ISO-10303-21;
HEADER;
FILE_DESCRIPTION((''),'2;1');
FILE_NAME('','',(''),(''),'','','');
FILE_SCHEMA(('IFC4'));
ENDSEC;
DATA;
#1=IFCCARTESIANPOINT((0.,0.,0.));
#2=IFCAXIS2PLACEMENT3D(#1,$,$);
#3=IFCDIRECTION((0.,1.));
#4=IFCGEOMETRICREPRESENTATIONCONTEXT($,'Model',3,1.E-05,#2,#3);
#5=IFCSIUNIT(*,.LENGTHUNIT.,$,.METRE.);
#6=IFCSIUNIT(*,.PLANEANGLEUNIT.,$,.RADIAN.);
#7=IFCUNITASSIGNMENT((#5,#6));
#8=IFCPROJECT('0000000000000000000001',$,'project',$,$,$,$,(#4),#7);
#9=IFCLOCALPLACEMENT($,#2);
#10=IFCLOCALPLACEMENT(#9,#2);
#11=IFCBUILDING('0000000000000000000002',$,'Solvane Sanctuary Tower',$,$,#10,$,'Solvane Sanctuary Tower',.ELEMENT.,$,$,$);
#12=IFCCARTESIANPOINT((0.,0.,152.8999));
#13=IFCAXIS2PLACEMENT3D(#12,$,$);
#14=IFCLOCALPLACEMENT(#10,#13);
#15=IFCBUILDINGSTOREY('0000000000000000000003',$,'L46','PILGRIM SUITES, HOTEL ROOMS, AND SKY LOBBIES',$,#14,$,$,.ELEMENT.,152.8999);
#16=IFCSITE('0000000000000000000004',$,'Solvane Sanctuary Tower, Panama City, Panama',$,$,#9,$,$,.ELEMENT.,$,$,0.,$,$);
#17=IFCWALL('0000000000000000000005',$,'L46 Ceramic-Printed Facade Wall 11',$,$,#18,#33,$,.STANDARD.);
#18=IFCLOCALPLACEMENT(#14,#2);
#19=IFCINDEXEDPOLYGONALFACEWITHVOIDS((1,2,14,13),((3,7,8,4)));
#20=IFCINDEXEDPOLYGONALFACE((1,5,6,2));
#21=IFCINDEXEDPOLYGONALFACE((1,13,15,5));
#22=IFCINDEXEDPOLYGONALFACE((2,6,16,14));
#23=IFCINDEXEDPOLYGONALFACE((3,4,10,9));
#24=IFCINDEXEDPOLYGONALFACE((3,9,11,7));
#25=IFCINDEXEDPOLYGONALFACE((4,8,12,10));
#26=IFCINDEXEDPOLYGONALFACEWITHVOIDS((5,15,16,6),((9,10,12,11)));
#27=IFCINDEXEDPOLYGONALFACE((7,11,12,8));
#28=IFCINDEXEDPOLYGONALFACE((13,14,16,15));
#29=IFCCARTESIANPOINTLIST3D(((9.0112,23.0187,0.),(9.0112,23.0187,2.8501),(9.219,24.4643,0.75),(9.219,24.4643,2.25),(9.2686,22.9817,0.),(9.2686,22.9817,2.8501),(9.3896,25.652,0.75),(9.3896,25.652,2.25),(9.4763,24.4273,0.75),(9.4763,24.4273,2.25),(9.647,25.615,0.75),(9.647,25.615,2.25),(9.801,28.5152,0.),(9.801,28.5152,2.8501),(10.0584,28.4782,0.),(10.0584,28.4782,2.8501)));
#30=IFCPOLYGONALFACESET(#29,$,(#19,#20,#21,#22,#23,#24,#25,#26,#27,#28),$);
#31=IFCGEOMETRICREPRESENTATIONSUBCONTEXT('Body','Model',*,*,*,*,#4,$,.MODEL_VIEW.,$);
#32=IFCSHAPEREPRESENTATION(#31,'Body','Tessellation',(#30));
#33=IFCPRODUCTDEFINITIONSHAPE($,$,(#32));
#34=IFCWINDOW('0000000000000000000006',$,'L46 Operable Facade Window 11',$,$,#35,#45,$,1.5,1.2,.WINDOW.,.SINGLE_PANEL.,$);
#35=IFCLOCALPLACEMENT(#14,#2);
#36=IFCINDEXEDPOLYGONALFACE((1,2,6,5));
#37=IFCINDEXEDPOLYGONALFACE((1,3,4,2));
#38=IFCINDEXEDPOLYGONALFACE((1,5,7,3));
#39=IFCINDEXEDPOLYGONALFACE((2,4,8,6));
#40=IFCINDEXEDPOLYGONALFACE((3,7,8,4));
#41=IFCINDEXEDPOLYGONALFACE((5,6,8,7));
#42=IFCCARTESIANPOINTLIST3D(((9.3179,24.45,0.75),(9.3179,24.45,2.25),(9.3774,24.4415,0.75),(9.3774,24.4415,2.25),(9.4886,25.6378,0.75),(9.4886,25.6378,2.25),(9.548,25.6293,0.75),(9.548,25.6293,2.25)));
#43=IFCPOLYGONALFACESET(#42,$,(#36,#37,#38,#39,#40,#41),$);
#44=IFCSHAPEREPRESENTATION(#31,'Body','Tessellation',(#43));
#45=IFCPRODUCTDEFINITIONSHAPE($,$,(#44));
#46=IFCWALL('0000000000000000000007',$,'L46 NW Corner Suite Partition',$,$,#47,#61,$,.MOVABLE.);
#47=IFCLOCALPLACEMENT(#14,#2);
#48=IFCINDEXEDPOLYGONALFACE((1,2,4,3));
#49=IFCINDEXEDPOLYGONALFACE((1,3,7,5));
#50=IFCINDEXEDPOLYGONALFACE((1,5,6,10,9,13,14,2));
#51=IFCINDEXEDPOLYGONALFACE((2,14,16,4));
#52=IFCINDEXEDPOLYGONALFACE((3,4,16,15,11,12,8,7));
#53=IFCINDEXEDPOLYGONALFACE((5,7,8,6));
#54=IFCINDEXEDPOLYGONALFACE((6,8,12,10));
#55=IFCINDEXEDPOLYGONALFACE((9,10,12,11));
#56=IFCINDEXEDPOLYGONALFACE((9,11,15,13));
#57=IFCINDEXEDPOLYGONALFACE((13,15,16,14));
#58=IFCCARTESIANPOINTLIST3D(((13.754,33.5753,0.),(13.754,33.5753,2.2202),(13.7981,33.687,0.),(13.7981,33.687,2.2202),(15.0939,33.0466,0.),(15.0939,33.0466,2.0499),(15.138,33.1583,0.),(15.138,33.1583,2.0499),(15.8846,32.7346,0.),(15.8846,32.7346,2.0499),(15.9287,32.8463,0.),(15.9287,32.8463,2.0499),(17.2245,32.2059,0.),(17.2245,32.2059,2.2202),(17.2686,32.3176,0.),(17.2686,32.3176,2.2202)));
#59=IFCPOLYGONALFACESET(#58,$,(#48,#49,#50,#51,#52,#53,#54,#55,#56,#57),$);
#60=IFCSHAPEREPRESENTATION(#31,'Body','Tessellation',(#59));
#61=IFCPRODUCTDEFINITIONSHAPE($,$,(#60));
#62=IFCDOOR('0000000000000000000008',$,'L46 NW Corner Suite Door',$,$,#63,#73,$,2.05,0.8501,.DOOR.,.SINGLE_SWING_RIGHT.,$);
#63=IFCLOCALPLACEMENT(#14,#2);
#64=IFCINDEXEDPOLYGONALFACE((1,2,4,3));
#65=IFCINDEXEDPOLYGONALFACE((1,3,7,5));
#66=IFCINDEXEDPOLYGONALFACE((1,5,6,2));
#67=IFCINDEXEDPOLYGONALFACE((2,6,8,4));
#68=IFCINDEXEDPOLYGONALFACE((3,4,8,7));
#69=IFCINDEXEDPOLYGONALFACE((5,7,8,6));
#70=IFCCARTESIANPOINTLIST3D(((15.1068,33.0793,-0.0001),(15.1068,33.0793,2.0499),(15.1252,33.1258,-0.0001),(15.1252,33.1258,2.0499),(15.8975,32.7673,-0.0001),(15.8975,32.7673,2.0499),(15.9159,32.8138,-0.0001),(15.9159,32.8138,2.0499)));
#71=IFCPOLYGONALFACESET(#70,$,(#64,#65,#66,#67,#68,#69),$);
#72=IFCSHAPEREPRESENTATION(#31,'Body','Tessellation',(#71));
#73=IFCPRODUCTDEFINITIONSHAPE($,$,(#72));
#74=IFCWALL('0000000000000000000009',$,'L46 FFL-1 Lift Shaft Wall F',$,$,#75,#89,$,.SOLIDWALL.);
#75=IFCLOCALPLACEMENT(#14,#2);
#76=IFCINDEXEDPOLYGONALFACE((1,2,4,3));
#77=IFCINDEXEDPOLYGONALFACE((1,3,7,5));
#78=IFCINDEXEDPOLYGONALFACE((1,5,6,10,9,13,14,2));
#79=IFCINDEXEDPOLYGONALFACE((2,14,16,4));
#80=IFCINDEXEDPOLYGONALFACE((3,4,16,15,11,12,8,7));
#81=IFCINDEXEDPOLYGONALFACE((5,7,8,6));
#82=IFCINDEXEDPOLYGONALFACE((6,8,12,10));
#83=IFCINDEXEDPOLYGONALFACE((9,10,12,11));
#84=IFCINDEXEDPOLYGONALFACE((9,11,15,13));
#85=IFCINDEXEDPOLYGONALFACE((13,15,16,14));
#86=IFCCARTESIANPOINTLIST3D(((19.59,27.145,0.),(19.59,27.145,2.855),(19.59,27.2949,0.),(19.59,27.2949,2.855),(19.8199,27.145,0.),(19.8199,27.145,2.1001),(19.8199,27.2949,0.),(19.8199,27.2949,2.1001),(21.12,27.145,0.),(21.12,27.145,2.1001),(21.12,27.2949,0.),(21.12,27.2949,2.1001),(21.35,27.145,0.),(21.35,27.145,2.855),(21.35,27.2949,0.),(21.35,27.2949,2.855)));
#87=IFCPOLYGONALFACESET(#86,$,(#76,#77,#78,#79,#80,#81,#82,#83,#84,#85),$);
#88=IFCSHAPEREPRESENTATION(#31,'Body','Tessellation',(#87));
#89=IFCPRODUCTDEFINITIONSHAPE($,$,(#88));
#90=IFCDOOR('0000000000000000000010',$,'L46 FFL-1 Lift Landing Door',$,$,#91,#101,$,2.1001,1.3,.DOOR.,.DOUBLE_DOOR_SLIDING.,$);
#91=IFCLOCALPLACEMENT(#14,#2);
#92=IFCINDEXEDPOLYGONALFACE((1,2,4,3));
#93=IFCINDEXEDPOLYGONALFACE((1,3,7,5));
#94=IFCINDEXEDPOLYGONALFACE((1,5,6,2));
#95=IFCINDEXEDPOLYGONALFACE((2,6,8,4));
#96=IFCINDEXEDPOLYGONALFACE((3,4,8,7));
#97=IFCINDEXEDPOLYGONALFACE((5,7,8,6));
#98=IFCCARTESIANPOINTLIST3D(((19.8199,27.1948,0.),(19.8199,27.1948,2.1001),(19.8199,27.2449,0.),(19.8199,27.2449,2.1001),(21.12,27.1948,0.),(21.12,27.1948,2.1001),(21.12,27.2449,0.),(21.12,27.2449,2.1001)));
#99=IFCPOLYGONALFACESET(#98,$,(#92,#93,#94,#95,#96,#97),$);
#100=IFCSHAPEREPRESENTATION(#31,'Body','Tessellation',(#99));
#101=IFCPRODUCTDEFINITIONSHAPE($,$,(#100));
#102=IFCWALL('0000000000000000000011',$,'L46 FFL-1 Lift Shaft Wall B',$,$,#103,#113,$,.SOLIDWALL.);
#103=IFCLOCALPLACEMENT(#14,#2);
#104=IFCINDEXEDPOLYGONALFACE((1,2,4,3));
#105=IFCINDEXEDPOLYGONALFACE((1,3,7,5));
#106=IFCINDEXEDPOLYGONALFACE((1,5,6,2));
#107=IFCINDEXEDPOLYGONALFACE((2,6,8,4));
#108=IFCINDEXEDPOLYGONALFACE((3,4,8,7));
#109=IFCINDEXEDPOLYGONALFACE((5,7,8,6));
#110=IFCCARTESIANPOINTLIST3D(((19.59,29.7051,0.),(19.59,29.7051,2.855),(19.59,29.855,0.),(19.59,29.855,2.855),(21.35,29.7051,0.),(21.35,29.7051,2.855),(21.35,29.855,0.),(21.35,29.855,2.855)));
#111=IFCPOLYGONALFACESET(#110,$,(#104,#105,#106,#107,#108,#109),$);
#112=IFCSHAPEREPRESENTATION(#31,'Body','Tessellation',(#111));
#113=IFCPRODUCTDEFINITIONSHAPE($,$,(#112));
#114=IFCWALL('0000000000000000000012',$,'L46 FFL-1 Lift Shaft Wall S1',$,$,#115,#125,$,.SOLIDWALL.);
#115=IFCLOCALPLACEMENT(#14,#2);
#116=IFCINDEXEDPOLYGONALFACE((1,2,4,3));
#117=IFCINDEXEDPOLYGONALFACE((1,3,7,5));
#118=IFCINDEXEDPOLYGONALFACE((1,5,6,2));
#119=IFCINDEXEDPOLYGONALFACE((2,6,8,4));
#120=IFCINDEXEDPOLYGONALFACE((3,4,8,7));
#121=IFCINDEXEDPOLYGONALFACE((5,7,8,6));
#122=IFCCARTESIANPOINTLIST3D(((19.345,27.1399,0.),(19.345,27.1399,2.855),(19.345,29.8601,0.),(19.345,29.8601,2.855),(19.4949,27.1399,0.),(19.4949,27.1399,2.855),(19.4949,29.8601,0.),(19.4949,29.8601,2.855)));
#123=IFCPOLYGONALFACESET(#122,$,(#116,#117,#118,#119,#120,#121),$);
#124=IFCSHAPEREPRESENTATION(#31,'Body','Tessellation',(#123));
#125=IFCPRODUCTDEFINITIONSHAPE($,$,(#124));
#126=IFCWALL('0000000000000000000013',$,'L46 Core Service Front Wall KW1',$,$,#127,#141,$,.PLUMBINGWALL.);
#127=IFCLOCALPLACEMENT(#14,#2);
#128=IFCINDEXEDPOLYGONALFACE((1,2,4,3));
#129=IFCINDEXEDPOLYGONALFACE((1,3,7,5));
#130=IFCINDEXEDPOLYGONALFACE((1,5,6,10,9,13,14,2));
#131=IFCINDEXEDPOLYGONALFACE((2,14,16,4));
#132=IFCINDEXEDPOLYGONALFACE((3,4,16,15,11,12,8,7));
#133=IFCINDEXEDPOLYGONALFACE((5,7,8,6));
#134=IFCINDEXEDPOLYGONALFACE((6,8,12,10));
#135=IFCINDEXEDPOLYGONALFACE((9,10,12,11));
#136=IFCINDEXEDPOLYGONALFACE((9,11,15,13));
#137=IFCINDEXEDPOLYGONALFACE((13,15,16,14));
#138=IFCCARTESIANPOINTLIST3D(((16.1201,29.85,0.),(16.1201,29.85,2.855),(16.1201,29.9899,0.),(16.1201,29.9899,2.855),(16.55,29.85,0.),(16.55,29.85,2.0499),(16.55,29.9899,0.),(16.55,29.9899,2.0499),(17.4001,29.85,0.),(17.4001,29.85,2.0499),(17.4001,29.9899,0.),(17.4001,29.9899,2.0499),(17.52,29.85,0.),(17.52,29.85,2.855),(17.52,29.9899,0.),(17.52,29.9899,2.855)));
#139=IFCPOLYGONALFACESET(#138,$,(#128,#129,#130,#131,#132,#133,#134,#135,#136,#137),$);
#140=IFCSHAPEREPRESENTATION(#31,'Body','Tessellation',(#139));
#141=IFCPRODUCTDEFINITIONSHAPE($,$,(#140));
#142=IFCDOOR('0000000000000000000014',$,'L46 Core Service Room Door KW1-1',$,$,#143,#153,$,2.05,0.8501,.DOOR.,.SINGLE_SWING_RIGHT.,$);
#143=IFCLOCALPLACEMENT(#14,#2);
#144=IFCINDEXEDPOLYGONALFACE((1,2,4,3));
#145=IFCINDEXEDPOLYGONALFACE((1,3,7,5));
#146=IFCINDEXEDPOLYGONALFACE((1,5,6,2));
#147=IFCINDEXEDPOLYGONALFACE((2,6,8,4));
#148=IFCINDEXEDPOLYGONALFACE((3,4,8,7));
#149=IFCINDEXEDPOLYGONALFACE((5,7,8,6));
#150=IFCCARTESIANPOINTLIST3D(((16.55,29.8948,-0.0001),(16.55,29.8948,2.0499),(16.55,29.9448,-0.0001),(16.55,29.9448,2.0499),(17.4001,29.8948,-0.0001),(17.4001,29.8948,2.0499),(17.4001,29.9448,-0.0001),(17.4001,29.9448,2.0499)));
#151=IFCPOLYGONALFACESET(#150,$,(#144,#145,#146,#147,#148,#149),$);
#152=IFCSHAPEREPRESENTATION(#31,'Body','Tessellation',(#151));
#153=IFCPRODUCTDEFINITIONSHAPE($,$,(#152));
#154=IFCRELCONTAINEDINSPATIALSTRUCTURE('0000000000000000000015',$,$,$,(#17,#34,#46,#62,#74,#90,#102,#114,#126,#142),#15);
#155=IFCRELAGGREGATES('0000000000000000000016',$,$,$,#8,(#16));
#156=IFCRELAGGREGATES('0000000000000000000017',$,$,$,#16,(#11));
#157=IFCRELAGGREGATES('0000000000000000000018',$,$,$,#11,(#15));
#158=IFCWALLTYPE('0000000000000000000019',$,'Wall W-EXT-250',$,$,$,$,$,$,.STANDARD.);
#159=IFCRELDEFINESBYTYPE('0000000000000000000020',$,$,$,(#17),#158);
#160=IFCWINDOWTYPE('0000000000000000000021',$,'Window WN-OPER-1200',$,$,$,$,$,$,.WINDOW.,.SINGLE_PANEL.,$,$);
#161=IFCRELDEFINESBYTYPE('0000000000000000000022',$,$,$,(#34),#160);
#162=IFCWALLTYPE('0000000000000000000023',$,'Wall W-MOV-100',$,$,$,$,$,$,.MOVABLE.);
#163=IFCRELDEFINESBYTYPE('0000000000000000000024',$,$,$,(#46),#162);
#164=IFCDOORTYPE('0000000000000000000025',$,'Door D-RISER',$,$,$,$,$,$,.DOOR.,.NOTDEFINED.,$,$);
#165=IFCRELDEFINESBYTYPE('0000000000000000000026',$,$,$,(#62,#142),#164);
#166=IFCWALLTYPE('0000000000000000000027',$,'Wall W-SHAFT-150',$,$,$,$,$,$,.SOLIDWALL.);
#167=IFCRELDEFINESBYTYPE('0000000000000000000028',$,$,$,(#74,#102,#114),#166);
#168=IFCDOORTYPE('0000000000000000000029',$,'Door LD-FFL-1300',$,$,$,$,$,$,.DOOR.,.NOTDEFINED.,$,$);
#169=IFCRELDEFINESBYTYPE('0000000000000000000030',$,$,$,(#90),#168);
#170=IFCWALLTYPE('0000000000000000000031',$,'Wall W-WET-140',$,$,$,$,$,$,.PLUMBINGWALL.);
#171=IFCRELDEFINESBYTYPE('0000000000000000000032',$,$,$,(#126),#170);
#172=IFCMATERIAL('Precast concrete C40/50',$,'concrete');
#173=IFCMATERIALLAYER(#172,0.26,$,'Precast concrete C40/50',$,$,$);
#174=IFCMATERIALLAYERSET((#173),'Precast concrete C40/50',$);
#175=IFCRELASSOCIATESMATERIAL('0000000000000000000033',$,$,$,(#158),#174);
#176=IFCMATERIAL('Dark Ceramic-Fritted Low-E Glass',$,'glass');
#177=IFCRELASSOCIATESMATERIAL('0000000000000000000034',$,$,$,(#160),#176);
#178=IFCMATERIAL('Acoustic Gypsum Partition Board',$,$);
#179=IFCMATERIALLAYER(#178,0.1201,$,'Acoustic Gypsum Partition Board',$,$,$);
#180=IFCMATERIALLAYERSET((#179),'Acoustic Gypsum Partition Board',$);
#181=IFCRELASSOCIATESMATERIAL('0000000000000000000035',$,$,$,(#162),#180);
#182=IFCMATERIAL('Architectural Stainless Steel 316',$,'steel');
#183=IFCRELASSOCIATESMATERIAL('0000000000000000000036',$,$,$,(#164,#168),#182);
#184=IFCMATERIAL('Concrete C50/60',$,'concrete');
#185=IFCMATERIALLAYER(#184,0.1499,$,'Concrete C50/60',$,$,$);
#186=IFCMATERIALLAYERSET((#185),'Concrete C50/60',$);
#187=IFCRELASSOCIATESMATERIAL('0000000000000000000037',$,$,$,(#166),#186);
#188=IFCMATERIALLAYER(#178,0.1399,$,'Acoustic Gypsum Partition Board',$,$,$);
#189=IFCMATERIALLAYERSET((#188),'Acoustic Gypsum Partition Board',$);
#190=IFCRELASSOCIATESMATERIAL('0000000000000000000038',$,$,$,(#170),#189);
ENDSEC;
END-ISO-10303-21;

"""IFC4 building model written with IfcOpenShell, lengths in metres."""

from ifc_helpers import new_model, si_unit, direction, frame, frame_2d, origin, place, context, subcontext, project, spatial, rectangle, extrude, material, layer, layer_set, type_object, element, fill, save


model = new_model("IFC4")

# Units and contexts
model_context = context("Model", 3, precision=1e-05, world=origin(), true_north=direction((0.0, 1.0)))
body_context = subcontext(model_context, "Body", "Model", "MODEL_VIEW")
ifc_project = project(units=[si_unit("LENGTHUNIT", "METRE"), si_unit("PLANEANGLEUNIT", "RADIAN")], contexts=[model_context])

# Site, building, storey
site_placement = place(None, origin())
site = spatial("IfcSite", under=ifc_project, at=site_placement, Name="Solvane Sanctuary Tower, Panama City, Panama", CompositionType="ELEMENT", RefElevation=0.0)
building_placement = place(site_placement, origin())
building = spatial("IfcBuilding", under=site, at=building_placement, Name="Solvane Sanctuary Tower", LongName="Solvane Sanctuary Tower", CompositionType="ELEMENT")
storey_placement = place(building_placement, frame((0.0, 0.0, 152.8999)))
storey = spatial("IfcBuildingStorey", under=building, at=storey_placement, Name="L46", Description="PILGRIM SUITES, HOTEL ROOMS, AND SKY LOBBIES", CompositionType="ELEMENT", Elevation=152.8999)

# Shared definitions
ifc_material_1 = material(Name="Acoustic Gypsum Partition Board")

# Shared definitions
ifc_material_2 = material(Name="Precast concrete C40/50", Category="concrete")
ifc_layer_1 = layer(ifc_material_2, 0.26, Name="Precast concrete C40/50")
ifc_layer_set_1 = layer_set([ifc_layer_1], Name="Precast concrete C40/50")
wall_type_1 = type_object("IfcWallType", Name="Wall W-EXT-250", PredefinedType="STANDARD", material=ifc_layer_set_1)

# Wall, opening, window
ifc_material_3 = material(Name="Dark Ceramic-Fritted Low-E Glass", Category="glass")
window_type_1 = type_object("IfcWindowType", Name="Window WN-OPER-1200", PartitioningType="SINGLE_PANEL", PredefinedType="WINDOW", material=ifc_material_3)
wall_1_placement = place(storey_placement, frame((9.9297, 28.4966, 0.0), z_axis=(0.0, 0.0, 1.0), x_axis=(-0.142228, -0.989834, 0.0)))
wall_1 = element("IfcWall", 1, at=wall_1_placement, inside=storey, type_object=wall_type_1, Name="L46 Ceramic-Printed Facade Wall 11", PredefinedType="STANDARD", context=body_context, shape_type="SweptSolid", body=[
    extrude(rectangle(XDim=5.553, YDim=0.26, at=frame_2d((2.7764, 0.0))), origin(), (0.0, 0.0, 1.0), 2.8501),
])
opening_1_placement = place(wall_1_placement, frame((2.8923, 0.0, 0.75)))
opening_1 = element("IfcOpeningElement", 2, at=opening_1_placement, cuts=wall_1, PredefinedType="OPENING", context=body_context, shape_type="SweptSolid", body=[
    extrude(rectangle(XDim=1.2, YDim=1.5, at=frame_2d((0.6001, 0.75))), frame((0.0, 0.1399, 0.0), z_axis=(0.0, -1.0, 0.0), x_axis=(1.0, 0.0, 0.0)), (0.0, 0.0, 1.0), 0.28),
])
window_1_placement = place(opening_1_placement, origin())
window_1 = element("IfcWindow", 3, at=window_1_placement, inside=storey, type_object=window_type_1, Name="L46 Operable Facade Window 11", OverallHeight=1.5, OverallWidth=1.2, PartitioningType="SINGLE_PANEL", PredefinedType="WINDOW", context=body_context, shape_type="SweptSolid", body=[
    extrude(rectangle(XDim=1.2, YDim=1.5, at=frame_2d((0.6001, 0.75))), frame((0.0, 0.03, 0.0), z_axis=(0.0, -1.0, 0.0), x_axis=(1.0, 0.0, 0.0)), (0.0, 0.0, 1.0), 0.0601),
])
fill(opening_1, window_1)

# Walls, openings, doors
ifc_layer_2 = layer(ifc_material_1, 0.1201, Name="Acoustic Gypsum Partition Board")
ifc_layer_set_2 = layer_set([ifc_layer_2], Name="Acoustic Gypsum Partition Board")
wall_type_2 = type_object("IfcWallType", Name="Wall W-MOV-100", PredefinedType="MOVABLE", material=ifc_layer_set_2)
wall_2_placement = place(storey_placement, frame((17.2466, 32.2617, 0.0), z_axis=(0.0, 0.0, 1.0), x_axis=(-0.930204, 0.367043, 0.0)))
wall_2 = element("IfcWall", 4, at=wall_2_placement, inside=storey, type_object=wall_type_2, Name="L46 NW Corner Suite Partition", PredefinedType="MOVABLE", context=body_context, shape_type="SweptSolid", body=[
    extrude(rectangle(XDim=3.731, YDim=0.1201, at=frame_2d((1.8655, 0.0))), origin(), (0.0, 0.0, 1.0), 2.2202),
])
opening_2_placement = place(wall_2_placement, frame((1.4404, 0.0, 0.0)))
opening_2 = element("IfcOpeningElement", 5, at=opening_2_placement, cuts=wall_2, PredefinedType="OPENING", context=body_context, shape_type="SweptSolid", body=[
    extrude(rectangle(XDim=0.8501, YDim=2.05, at=frame_2d((0.425, 1.0249))), frame((0.0, 0.0701, 0.0), z_axis=(0.0, -1.0, 0.0), x_axis=(1.0, 0.0, 0.0)), (0.0, 0.0, 1.0), 0.1401),
])
ifc_material_4 = material(Name="Architectural Stainless Steel 316", Category="steel")
door_type_1 = type_object("IfcDoorType", Name="Door D-RISER", OperationType="NOTDEFINED", PredefinedType="DOOR", material=ifc_material_4)
door_1_placement = place(opening_2_placement, origin())
door_1 = element("IfcDoor", 6, at=door_1_placement, inside=storey, type_object=door_type_1, Name="L46 NW Corner Suite Door", OperationType="SINGLE_SWING_RIGHT", OverallHeight=2.05, OverallWidth=0.8501, PredefinedType="DOOR", context=body_context, shape_type="SweptSolid", body=[
    extrude(rectangle(XDim=0.8501, YDim=2.05, at=frame_2d((0.425, 1.0249))), frame((0.0, 0.0249, 0.0), z_axis=(0.0, -1.0, 0.0), x_axis=(1.0, 0.0, 0.0)), (0.0, 0.0, 1.0), 0.05),
])
fill(opening_2, door_1)
ifc_material_5 = material(Name="Concrete C50/60", Category="concrete")
ifc_layer_3 = layer(ifc_material_5, 0.1499, Name="Concrete C50/60")
ifc_layer_set_3 = layer_set([ifc_layer_3], Name="Concrete C50/60")
wall_type_3 = type_object("IfcWallType", Name="Wall W-SHAFT-150", PredefinedType="SOLIDWALL", material=ifc_layer_set_3)
wall_3_placement = place(storey_placement, frame((19.5901, 27.22, 0.0), z_axis=(0.0, 0.0, 1.0), x_axis=(1.0, 0.0, 0.0)))
wall_3 = element("IfcWall", 7, at=wall_3_placement, inside=storey, type_object=wall_type_3, Name="L46 FFL-1 Lift Shaft Wall F", PredefinedType="SOLIDWALL", context=body_context, shape_type="SweptSolid", body=[
    extrude(rectangle(XDim=1.76, YDim=0.1499, at=frame_2d((0.8799, 0.0))), origin(), (0.0, 0.0, 1.0), 2.855),
])
opening_3_placement = place(wall_3_placement, frame((0.23, 0.0, 0.0)))
opening_3 = element("IfcOpeningElement", 8, at=opening_3_placement, cuts=wall_3, PredefinedType="OPENING", context=body_context, shape_type="SweptSolid", body=[
    extrude(rectangle(XDim=1.3, YDim=2.1001, at=frame_2d((0.6499, 1.05))), frame((0.0, 0.085, 0.0), z_axis=(0.0, -1.0, 0.0), x_axis=(1.0, 0.0, 0.0)), (0.0, 0.0, 1.0), 0.1699),
])
door_type_2 = type_object("IfcDoorType", Name="Door LD-FFL-1300", OperationType="NOTDEFINED", PredefinedType="DOOR", material=ifc_material_4)
door_2_placement = place(opening_3_placement, origin())
door_2 = element("IfcDoor", 9, at=door_2_placement, inside=storey, type_object=door_type_2, Name="L46 FFL-1 Lift Landing Door", OperationType="DOUBLE_DOOR_SLIDING", OverallHeight=2.1001, OverallWidth=1.3, PredefinedType="DOOR", context=body_context, shape_type="SweptSolid", body=[
    extrude(rectangle(XDim=1.3, YDim=2.1001, at=frame_2d((0.6499, 1.05))), frame((0.0, 0.0249, 0.0), z_axis=(0.0, -1.0, 0.0), x_axis=(1.0, 0.0, 0.0)), (0.0, 0.0, 1.0), 0.05),
])
fill(opening_3, door_2)

# Walls
wall_4_placement = place(storey_placement, frame((19.5901, 29.78, 0.0), z_axis=(0.0, 0.0, 1.0), x_axis=(1.0, 0.0, 0.0)))
element("IfcWall", 10, at=wall_4_placement, inside=storey, type_object=wall_type_3, Name="L46 FFL-1 Lift Shaft Wall B", PredefinedType="SOLIDWALL", context=body_context, shape_type="SweptSolid", body=[
    extrude(rectangle(XDim=1.76, YDim=0.1499, at=frame_2d((0.8799, 0.0))), origin(), (0.0, 0.0, 1.0), 2.855),
])
wall_5_placement = place(storey_placement, frame((19.4199, 27.1399, 0.0), z_axis=(0.0, 0.0, 1.0), x_axis=(0.0, 1.0, 0.0)))
element("IfcWall", 11, at=wall_5_placement, inside=storey, type_object=wall_type_3, Name="L46 FFL-1 Lift Shaft Wall S1", PredefinedType="SOLIDWALL", context=body_context, shape_type="SweptSolid", body=[
    extrude(rectangle(XDim=2.7202, YDim=0.1499, at=frame_2d((1.3601, 0.0))), origin(), (0.0, 0.0, 1.0), 2.855),
])

# Wall, opening, door
ifc_layer_4 = layer(ifc_material_1, 0.1399, Name="Acoustic Gypsum Partition Board")
ifc_layer_set_4 = layer_set([ifc_layer_4], Name="Acoustic Gypsum Partition Board")
wall_type_4 = type_object("IfcWallType", Name="Wall W-WET-140", PredefinedType="PLUMBINGWALL", material=ifc_layer_set_4)
wall_6_placement = place(storey_placement, frame((16.1201, 29.9199, 0.0), z_axis=(0.0, 0.0, 1.0), x_axis=(1.0, 0.0, 0.0)))
wall_6 = element("IfcWall", 12, at=wall_6_placement, inside=storey, type_object=wall_type_4, Name="L46 Core Service Front Wall KW1", PredefinedType="PLUMBINGWALL", context=body_context, shape_type="SweptSolid", body=[
    extrude(rectangle(XDim=1.3999, YDim=0.1399, at=frame_2d((0.7, 0.0))), origin(), (0.0, 0.0, 1.0), 2.855),
])
opening_4_placement = place(wall_6_placement, frame((0.4299, 0.0, 0.0)))
opening_4 = element("IfcOpeningElement", 13, at=opening_4_placement, cuts=wall_6, PredefinedType="OPENING", context=body_context, shape_type="SweptSolid", body=[
    extrude(rectangle(XDim=0.8501, YDim=2.05, at=frame_2d((0.425, 1.0249))), frame((0.0, 0.0798, 0.0), z_axis=(0.0, -1.0, 0.0), x_axis=(1.0, 0.0, 0.0)), (0.0, 0.0, 1.0), 0.1599),
])
door_3_placement = place(opening_4_placement, origin())
door_3 = element("IfcDoor", 14, at=door_3_placement, inside=storey, type_object=door_type_1, Name="L46 Core Service Room Door KW1-1", OperationType="SINGLE_SWING_RIGHT", OverallHeight=2.05, OverallWidth=0.8501, PredefinedType="DOOR", context=body_context, shape_type="SweptSolid", body=[
    extrude(rectangle(XDim=0.8501, YDim=2.05, at=frame_2d((0.425, 1.0249))), frame((0.0, 0.0249, 0.0), z_axis=(0.0, -1.0, 0.0), x_axis=(1.0, 0.0, 0.0)), (0.0, 0.0, 1.0), 0.05),
])
fill(opening_4, door_3)

save(model, "model.ifc")
